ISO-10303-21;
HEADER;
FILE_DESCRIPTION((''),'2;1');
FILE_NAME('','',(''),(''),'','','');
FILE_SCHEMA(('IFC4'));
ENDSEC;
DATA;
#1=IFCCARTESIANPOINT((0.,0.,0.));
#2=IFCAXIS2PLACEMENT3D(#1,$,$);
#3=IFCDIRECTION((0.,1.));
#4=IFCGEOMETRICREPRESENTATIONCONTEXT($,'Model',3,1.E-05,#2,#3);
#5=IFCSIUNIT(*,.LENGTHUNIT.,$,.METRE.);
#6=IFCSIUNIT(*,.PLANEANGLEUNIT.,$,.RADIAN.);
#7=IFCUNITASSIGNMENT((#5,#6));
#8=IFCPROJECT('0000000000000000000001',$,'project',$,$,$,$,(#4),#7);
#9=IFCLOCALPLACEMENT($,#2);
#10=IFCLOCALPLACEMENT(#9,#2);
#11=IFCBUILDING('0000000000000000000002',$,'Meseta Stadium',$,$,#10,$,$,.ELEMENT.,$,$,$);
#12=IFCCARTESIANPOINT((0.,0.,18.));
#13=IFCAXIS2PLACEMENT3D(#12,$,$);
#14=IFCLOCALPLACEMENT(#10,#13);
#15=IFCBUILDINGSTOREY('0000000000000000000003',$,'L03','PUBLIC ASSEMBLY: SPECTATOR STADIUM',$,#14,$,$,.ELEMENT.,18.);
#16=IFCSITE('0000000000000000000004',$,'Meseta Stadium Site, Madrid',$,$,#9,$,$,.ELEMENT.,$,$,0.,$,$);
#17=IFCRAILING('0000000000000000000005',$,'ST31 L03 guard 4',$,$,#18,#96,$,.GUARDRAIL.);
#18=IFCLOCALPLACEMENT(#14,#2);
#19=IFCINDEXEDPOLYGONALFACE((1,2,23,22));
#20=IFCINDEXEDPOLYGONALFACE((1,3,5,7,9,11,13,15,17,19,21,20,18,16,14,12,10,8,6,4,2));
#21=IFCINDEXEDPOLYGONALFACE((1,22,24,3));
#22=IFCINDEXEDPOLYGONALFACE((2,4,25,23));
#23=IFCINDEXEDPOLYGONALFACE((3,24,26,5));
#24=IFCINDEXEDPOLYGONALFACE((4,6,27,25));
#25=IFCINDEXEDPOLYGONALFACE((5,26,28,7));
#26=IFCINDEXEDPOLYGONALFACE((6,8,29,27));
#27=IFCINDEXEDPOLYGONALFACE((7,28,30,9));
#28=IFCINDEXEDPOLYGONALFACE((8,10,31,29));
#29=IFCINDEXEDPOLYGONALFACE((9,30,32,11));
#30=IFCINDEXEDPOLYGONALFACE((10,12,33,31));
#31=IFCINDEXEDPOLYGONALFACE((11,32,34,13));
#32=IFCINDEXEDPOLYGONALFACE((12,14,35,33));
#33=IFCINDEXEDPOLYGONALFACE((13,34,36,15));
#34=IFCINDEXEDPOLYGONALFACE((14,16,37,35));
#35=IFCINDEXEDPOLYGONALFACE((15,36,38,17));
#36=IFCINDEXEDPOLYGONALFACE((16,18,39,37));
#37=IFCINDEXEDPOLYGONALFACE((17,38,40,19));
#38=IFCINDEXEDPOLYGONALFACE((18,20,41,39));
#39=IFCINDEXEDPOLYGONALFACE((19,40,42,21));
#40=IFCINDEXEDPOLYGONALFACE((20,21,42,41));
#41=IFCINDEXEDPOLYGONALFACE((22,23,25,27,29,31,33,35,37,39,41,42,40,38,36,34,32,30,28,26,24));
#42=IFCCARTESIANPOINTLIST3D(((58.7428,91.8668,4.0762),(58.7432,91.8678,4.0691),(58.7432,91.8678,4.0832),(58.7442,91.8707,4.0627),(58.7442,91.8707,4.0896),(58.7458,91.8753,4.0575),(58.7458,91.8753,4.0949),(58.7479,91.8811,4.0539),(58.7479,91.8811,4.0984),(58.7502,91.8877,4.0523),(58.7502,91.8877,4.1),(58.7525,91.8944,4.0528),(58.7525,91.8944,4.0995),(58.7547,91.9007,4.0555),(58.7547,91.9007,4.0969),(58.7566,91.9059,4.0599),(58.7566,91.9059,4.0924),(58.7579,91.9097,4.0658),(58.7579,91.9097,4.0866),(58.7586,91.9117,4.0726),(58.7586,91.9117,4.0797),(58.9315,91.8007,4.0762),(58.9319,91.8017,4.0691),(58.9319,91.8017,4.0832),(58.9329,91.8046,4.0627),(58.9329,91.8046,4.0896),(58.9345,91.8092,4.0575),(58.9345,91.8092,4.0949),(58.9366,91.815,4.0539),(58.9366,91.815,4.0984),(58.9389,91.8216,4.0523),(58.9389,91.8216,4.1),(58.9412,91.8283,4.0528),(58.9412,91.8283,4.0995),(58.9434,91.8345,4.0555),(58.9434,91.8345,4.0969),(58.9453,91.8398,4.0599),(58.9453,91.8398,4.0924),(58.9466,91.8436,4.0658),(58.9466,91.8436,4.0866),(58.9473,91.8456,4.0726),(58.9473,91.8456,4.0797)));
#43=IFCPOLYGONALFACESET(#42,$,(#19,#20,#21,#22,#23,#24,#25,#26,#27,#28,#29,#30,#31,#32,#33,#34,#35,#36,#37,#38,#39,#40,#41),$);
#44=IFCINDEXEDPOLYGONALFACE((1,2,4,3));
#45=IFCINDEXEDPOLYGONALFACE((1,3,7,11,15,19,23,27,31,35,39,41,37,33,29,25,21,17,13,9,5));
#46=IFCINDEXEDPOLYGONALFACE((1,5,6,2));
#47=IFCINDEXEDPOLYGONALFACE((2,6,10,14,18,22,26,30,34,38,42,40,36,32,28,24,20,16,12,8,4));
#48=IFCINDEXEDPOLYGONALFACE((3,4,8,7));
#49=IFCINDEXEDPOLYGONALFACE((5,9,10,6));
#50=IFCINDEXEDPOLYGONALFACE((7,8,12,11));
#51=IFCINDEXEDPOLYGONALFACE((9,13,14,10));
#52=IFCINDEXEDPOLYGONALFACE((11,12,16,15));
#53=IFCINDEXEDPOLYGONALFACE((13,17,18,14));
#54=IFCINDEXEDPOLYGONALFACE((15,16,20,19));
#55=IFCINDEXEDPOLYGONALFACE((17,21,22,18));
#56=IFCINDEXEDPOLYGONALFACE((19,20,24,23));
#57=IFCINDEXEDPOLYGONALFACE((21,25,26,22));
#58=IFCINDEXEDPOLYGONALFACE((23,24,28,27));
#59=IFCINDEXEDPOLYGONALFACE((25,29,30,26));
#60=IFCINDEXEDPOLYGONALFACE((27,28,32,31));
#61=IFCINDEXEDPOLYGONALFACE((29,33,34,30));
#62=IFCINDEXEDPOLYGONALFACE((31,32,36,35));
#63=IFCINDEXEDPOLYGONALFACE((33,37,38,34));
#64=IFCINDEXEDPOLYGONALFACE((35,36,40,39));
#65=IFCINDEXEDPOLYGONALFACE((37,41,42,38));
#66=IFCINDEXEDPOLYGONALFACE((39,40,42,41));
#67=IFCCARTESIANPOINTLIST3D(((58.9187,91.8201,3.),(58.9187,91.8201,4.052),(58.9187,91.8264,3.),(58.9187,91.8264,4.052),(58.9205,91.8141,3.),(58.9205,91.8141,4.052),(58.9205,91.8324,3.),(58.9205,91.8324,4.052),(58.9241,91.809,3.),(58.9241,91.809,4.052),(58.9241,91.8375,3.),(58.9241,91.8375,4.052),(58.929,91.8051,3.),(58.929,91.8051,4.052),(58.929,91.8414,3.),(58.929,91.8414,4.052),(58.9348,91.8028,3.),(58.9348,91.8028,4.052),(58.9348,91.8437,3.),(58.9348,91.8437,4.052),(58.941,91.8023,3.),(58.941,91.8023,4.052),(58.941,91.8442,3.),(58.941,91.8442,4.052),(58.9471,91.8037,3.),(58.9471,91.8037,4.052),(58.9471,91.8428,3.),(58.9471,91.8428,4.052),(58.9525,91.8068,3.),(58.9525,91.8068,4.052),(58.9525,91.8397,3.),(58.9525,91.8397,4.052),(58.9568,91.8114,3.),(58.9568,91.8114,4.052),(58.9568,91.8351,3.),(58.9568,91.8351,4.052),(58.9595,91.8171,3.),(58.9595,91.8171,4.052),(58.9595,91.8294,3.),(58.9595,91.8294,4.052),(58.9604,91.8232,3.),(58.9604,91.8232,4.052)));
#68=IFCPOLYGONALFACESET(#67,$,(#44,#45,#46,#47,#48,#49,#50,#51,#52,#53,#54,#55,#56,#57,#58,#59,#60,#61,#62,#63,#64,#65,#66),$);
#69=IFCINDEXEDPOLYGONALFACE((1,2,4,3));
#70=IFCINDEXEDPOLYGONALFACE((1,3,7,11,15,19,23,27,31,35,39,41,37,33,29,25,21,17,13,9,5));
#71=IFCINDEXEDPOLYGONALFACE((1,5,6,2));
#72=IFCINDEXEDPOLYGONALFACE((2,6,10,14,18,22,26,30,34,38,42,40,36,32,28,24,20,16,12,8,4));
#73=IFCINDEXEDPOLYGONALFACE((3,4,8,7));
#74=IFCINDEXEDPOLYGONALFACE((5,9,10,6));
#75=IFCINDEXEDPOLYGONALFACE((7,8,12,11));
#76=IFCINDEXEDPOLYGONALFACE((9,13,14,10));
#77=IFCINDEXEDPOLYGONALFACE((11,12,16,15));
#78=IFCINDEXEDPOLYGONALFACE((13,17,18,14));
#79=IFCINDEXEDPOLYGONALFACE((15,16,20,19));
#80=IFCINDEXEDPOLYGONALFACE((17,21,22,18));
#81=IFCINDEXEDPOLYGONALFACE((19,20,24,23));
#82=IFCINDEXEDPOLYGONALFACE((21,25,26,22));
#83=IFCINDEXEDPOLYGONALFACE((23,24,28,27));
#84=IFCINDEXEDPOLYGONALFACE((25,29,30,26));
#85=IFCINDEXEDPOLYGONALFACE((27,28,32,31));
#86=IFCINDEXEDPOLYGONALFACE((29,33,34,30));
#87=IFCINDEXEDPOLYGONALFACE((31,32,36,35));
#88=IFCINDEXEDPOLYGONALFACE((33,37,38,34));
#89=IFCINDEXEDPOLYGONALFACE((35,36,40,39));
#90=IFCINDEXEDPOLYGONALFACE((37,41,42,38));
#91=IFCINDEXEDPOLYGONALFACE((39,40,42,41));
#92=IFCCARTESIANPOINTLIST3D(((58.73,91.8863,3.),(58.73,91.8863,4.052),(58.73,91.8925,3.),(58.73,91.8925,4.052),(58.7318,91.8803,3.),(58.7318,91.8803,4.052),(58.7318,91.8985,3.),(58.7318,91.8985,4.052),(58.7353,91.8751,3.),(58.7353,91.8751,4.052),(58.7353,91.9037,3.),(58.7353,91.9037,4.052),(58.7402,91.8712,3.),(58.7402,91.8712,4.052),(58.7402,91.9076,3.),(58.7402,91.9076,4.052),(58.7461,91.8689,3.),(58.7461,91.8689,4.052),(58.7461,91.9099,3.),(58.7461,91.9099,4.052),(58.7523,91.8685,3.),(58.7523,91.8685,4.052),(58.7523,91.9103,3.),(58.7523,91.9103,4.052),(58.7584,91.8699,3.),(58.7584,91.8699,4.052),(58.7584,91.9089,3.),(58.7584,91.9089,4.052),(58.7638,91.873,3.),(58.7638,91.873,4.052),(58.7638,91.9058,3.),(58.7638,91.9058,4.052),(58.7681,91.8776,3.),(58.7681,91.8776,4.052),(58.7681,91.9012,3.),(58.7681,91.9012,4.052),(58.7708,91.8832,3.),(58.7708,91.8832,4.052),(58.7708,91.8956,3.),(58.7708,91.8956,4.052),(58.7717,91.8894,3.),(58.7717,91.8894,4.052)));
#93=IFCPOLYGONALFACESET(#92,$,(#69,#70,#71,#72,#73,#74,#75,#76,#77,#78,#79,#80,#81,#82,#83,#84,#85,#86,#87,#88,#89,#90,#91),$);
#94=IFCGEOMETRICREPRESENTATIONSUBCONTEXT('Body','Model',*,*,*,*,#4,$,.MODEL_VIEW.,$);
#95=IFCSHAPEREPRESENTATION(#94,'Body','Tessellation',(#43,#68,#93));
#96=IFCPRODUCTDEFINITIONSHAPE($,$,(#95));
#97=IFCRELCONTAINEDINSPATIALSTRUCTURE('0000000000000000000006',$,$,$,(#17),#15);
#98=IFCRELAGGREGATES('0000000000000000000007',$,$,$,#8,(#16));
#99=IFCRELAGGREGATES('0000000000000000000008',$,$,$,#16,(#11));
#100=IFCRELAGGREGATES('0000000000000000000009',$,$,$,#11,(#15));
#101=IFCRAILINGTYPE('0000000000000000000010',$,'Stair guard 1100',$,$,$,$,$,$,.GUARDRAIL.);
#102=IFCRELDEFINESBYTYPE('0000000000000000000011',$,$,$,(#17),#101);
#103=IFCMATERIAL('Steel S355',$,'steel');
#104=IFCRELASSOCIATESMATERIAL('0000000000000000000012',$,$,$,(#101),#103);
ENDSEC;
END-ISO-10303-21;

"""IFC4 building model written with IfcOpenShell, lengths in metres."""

from ifc_helpers import new_model, si_unit, direction, frame, origin, origin_2d, place, context, subcontext, project, spatial, circle, extrude, material, type_object, element, save


model = new_model("IFC4")

# Units and contexts
model_context = context("Model", 3, precision=1e-05, world=origin(), true_north=direction((0.0, 1.0)))
body_context = subcontext(model_context, "Body", "Model", "MODEL_VIEW")
ifc_project = project(units=[si_unit("LENGTHUNIT", "METRE"), si_unit("PLANEANGLEUNIT", "RADIAN")], contexts=[model_context])

# Site, building, storey
site_placement = place(None, origin())
site = spatial("IfcSite", under=ifc_project, at=site_placement, Name="Meseta Stadium Site, Madrid", CompositionType="ELEMENT", RefElevation=0.0)
building_placement = place(site_placement, origin())
building = spatial("IfcBuilding", under=site, at=building_placement, Name="Meseta Stadium", CompositionType="ELEMENT")
storey_placement = place(building_placement, frame((0.0, 0.0, 18.0)))
storey = spatial("IfcBuildingStorey", under=building, at=storey_placement, Name="L03", Description="PUBLIC ASSEMBLY: SPECTATOR STADIUM", CompositionType="ELEMENT", Elevation=18.0)

# Railing
ifc_material_1 = material(Name="Steel S355", Category="steel")
railing_type_1 = type_object("IfcRailingType", Name="Stair guard 1100", PredefinedType="GUARDRAIL", material=ifc_material_1)
railing_1_placement = place(storey_placement, frame((58.9395, 91.8232, 3.0)))
element("IfcRailing", 1, at=railing_1_placement, inside=storey, type_object=railing_type_1, Name="ST31 L03 guard 4", PredefinedType="GUARDRAIL", context=body_context, shape_type="SweptSolid", body=[
    extrude(circle(Radius=0.0239, at=origin_2d()), frame((0.0, 0.0, 1.0762), z_axis=(-0.943687, 0.33084, 0.0), x_axis=(-0.33084, -0.943687, 0.0)), (0.0, 0.0, 1.0), 0.2),
    extrude(circle(Radius=0.021, at=origin_2d()), origin(), (0.0, 0.0, 1.0), 1.052),
    extrude(circle(Radius=0.021, at=origin_2d()), frame((-0.1887, 0.0662, 0.0)), (0.0, 0.0, 1.0), 1.052),
])

save(model, "model.ifc")
